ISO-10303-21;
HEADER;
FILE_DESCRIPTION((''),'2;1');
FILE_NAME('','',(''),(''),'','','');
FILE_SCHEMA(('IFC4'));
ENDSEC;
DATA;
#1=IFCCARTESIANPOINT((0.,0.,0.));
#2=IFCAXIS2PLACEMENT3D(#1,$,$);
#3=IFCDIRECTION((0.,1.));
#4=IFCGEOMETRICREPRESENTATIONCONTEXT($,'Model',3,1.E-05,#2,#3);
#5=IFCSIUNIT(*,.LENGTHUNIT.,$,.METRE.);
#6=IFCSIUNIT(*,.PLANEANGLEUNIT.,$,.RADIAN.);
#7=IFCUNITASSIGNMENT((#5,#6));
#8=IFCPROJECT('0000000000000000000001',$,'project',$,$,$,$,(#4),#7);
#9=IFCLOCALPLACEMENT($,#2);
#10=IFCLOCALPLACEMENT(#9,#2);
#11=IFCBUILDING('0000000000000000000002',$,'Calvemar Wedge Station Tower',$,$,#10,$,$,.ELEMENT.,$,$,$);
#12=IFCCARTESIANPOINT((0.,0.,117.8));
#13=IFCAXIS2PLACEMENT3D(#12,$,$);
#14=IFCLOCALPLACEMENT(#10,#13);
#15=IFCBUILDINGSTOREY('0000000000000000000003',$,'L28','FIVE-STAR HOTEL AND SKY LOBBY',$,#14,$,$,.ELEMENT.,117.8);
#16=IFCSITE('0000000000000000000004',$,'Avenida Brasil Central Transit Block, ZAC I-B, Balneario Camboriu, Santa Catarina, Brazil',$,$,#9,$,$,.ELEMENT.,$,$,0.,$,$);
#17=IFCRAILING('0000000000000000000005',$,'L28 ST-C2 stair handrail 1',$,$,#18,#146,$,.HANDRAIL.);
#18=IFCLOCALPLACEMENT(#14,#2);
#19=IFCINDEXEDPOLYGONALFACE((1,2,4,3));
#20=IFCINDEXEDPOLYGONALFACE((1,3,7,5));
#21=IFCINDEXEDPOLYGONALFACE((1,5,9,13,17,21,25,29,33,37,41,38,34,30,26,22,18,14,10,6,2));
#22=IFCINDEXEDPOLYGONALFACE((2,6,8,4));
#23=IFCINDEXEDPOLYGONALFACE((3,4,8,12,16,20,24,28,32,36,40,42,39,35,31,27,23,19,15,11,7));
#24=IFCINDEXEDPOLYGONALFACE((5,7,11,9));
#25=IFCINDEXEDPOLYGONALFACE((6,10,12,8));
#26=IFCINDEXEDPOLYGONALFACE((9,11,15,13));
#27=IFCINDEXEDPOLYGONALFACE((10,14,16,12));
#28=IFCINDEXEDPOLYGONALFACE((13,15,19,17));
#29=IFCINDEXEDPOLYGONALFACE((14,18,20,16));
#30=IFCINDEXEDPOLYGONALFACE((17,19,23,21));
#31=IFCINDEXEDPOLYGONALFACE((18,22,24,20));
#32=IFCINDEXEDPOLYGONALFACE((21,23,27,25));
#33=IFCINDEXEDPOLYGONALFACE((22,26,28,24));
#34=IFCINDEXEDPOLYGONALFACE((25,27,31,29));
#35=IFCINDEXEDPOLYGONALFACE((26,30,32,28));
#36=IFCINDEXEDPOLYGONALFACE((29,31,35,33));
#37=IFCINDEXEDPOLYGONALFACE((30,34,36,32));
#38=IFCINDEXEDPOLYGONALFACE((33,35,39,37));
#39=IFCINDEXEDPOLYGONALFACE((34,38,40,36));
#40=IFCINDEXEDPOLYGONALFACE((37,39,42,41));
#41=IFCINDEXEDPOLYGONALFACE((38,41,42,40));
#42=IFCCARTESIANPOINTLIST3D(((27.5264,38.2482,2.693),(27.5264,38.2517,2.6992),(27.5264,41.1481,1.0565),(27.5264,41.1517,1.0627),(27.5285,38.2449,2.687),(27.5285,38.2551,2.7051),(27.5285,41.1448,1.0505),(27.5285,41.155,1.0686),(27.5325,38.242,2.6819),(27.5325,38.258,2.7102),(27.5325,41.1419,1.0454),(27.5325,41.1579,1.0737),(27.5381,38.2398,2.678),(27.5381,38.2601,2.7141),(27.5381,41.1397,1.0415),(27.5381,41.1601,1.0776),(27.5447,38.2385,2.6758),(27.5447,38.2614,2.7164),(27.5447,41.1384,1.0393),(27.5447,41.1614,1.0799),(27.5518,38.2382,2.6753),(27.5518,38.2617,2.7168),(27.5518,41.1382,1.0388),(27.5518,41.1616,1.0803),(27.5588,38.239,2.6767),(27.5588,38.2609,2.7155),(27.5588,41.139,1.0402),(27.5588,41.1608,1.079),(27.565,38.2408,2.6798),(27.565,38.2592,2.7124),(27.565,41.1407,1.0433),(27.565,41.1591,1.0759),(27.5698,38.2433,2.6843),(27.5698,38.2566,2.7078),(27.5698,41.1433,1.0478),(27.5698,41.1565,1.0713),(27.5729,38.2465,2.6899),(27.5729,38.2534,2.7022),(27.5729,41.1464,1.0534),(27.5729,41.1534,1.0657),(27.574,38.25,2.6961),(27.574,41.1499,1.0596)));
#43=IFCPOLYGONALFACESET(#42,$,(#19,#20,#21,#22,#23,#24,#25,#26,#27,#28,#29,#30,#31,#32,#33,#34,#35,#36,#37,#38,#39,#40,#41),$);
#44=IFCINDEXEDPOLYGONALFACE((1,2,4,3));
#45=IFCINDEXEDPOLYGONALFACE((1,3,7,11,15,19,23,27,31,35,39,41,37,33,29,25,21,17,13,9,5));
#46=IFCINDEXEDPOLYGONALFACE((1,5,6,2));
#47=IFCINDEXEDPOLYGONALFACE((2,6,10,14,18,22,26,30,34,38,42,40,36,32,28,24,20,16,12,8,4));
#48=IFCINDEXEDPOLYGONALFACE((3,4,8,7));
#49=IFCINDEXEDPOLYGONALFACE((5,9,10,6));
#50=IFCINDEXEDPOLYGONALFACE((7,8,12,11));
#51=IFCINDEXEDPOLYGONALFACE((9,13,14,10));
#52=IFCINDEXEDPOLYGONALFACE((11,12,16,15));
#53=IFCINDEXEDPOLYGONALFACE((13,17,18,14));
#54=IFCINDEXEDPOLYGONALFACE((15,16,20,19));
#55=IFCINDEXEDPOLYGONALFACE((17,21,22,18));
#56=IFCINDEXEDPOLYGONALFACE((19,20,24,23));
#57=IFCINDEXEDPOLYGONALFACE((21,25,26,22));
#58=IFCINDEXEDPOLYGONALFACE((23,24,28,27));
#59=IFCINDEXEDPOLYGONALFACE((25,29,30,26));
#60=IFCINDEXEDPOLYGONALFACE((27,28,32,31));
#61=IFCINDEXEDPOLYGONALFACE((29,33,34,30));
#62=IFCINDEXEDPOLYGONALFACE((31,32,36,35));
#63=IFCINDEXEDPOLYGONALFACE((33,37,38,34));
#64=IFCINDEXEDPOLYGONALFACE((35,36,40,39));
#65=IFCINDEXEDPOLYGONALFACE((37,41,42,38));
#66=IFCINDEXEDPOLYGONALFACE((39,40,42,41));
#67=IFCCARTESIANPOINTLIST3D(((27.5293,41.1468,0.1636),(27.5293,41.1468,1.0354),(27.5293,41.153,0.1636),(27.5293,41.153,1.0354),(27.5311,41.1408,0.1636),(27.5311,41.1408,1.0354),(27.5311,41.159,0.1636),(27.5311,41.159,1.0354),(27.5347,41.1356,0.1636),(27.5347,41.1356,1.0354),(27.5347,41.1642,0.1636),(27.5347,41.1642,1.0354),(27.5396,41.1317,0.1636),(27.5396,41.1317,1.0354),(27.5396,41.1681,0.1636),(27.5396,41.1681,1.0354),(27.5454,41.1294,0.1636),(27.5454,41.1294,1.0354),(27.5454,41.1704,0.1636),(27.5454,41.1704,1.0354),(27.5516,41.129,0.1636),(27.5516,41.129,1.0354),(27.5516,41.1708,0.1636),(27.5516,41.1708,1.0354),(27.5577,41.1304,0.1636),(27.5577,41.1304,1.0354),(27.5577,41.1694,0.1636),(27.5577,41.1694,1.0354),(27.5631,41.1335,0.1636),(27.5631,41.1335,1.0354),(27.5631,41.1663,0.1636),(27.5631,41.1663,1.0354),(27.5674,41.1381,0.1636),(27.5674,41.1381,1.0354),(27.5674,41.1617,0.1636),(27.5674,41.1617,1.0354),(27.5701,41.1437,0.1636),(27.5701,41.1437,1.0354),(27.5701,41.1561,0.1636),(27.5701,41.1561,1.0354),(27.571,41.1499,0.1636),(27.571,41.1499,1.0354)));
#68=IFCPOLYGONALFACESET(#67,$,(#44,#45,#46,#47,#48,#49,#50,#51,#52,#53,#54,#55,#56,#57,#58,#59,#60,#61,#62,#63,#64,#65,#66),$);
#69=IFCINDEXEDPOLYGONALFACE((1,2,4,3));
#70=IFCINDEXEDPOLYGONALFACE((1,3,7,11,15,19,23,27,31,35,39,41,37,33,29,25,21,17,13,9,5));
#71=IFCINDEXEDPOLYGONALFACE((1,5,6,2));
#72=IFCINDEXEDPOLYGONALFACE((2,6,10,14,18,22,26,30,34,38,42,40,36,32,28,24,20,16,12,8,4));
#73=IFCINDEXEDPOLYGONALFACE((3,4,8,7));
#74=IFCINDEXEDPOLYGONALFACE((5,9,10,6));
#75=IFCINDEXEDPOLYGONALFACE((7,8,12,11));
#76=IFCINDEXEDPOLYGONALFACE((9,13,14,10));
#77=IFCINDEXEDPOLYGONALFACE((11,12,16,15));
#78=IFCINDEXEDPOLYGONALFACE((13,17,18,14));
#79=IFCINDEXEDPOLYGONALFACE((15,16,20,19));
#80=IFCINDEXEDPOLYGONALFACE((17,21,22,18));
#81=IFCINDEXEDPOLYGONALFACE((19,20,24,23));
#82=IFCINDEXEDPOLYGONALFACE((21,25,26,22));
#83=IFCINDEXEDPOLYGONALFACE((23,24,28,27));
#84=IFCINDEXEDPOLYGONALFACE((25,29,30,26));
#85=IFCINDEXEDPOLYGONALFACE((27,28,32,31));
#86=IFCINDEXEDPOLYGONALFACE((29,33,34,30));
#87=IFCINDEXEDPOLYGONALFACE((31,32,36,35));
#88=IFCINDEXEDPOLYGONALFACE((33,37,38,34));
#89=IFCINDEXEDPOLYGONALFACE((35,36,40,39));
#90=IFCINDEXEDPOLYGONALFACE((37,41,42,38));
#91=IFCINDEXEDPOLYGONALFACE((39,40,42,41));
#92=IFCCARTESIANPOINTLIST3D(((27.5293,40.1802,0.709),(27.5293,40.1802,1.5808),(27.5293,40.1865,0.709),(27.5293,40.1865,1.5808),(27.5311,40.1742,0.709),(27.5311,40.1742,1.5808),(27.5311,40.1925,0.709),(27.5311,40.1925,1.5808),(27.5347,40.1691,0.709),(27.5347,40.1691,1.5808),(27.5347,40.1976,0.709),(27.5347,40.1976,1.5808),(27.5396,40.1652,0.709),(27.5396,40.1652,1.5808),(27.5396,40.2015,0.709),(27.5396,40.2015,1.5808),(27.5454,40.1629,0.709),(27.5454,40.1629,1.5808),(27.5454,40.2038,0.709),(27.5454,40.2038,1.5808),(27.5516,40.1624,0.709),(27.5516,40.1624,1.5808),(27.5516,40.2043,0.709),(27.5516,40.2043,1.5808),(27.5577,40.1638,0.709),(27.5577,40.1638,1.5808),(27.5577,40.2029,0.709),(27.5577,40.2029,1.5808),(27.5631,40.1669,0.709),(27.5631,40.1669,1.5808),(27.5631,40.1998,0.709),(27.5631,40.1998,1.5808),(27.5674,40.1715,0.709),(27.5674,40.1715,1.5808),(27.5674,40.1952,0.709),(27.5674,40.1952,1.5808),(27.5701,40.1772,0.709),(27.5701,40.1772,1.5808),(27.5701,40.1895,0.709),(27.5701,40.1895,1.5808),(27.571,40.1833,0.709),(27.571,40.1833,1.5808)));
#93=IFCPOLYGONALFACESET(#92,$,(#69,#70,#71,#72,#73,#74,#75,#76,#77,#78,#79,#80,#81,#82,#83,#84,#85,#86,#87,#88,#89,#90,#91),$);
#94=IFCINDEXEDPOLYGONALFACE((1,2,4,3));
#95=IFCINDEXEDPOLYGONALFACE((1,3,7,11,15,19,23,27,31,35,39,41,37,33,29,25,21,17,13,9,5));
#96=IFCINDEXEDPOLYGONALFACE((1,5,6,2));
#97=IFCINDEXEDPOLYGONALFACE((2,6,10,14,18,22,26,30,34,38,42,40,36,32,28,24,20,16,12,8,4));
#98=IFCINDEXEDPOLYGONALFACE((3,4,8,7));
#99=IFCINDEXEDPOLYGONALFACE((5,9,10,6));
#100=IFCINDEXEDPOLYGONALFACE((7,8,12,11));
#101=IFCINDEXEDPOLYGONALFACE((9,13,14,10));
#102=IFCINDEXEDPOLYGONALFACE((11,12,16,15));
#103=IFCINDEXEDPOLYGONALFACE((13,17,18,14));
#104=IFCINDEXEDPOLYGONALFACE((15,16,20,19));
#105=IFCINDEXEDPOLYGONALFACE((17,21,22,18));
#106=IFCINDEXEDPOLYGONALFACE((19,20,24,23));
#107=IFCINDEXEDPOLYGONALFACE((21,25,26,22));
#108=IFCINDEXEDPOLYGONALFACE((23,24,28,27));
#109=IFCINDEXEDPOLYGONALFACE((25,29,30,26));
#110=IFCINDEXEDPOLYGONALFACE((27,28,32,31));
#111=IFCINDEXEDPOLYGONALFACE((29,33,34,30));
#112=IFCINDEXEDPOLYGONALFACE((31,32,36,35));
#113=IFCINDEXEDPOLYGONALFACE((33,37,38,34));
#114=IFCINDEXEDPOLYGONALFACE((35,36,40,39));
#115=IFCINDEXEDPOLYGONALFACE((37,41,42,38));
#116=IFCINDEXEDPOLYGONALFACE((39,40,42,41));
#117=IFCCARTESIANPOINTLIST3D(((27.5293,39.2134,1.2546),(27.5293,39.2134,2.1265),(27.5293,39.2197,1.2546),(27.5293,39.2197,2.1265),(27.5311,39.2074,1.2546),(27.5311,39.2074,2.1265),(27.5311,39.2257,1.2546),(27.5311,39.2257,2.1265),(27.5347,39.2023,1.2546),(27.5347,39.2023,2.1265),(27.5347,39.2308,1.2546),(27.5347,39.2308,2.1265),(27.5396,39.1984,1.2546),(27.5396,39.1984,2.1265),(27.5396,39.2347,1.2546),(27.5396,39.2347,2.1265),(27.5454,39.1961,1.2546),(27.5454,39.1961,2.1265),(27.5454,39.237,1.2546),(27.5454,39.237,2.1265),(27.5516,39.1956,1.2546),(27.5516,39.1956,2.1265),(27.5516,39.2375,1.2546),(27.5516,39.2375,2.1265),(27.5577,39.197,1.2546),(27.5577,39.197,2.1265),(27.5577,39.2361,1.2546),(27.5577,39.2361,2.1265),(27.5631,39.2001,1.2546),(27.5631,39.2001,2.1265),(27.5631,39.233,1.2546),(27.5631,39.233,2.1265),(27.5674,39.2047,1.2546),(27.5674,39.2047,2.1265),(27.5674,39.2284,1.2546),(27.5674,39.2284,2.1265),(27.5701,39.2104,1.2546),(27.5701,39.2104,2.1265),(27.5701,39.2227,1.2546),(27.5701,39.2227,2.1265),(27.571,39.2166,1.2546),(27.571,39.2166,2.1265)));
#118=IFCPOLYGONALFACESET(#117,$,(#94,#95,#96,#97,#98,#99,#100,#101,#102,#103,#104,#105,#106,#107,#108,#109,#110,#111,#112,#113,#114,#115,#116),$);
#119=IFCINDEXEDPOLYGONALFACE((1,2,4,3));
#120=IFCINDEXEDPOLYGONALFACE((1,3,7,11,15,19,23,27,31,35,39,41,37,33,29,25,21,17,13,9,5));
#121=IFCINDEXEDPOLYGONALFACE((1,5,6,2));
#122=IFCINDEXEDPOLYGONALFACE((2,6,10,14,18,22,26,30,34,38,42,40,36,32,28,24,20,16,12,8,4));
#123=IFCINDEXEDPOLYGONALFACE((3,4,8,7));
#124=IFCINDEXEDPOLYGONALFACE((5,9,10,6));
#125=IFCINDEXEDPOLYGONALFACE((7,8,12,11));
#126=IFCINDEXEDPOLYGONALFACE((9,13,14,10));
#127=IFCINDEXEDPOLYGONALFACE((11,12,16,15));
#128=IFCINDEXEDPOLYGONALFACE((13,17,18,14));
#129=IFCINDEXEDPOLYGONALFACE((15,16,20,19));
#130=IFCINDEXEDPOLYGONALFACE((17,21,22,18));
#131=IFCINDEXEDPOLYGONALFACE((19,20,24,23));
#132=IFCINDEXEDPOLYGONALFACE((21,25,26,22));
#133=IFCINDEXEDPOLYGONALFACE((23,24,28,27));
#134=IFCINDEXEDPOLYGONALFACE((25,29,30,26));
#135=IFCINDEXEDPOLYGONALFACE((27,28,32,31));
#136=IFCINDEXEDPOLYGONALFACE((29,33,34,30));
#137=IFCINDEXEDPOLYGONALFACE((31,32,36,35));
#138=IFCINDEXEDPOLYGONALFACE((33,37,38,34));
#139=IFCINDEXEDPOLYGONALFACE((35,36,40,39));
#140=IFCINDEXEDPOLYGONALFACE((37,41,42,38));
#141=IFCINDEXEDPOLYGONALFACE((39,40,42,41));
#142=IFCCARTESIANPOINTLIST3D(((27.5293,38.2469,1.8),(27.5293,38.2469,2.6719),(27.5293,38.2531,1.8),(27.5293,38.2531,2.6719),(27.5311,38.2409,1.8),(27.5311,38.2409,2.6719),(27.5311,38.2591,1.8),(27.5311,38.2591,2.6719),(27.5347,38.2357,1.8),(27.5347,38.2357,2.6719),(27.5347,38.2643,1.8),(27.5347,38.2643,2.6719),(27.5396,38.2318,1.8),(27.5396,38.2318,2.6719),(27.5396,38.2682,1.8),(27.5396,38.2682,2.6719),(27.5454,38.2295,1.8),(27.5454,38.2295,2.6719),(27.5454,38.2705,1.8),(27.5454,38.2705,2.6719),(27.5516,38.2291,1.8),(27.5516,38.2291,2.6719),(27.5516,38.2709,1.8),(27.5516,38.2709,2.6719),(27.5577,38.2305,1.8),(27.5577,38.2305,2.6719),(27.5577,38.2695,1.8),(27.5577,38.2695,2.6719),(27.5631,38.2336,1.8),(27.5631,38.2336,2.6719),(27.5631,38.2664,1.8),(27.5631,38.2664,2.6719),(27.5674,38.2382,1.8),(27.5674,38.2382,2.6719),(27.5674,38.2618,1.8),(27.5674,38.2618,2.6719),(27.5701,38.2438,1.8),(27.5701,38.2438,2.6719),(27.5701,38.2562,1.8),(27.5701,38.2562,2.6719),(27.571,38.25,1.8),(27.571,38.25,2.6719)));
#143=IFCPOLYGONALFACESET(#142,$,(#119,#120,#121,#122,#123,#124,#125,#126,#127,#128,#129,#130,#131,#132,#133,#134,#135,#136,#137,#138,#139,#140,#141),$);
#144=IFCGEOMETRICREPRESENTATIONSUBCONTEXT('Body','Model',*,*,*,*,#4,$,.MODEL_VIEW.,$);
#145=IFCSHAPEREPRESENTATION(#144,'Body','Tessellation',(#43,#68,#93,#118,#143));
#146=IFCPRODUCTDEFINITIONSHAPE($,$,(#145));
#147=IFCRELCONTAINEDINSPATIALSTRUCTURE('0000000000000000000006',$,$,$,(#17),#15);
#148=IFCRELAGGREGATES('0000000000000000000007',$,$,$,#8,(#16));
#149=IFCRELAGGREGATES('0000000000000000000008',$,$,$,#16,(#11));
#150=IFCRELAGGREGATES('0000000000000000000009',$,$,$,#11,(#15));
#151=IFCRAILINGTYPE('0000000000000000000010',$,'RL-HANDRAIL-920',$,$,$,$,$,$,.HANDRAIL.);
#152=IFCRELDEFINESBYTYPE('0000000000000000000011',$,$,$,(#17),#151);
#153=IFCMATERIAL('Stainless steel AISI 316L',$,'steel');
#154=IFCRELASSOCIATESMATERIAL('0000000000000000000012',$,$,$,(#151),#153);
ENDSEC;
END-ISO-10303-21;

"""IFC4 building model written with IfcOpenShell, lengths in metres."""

from ifc_helpers import new_model, si_unit, direction, frame, origin, origin_2d, place, context, subcontext, project, spatial, circle, extrude, material, type_object, element, save


model = new_model("IFC4")

# Units and contexts
model_context = context("Model", 3, precision=1e-05, world=origin(), true_north=direction((0.0, 1.0)))
body_context = subcontext(model_context, "Body", "Model", "MODEL_VIEW")
ifc_project = project(units=[si_unit("LENGTHUNIT", "METRE"), si_unit("PLANEANGLEUNIT", "RADIAN")], contexts=[model_context])

# Site, building, storey
site_placement = place(None, origin())
site = spatial("IfcSite", under=ifc_project, at=site_placement, Name="Avenida Brasil Central Transit Block, ZAC I-B, Balneario Camboriu, Santa Catarina, Brazil", CompositionType="ELEMENT", RefElevation=0.0)
building_placement = place(site_placement, origin())
building = spatial("IfcBuilding", under=site, at=building_placement, Name="Calvemar Wedge Station Tower", CompositionType="ELEMENT")
storey_placement = place(building_placement, frame((0.0, 0.0, 117.8)))
storey = spatial("IfcBuildingStorey", under=building, at=storey_placement, Name="L28", Description="FIVE-STAR HOTEL AND SKY LOBBY", CompositionType="ELEMENT", Elevation=117.8)

# Railing
ifc_material_1 = material(Name="Stainless steel AISI 316L", Category="steel")
railing_type_1 = type_object("IfcRailingType", Name="RL-HANDRAIL-920", PredefinedType="HANDRAIL", material=ifc_material_1)
railing_1_placement = place(storey_placement, frame((27.55, 41.1499, 0.1636)))
element("IfcRailing", 1, at=railing_1_placement, inside=storey, type_object=railing_type_1, Name="L28 ST-C2 stair handrail 1", PredefinedType="HANDRAIL", context=body_context, shape_type="SweptSolid", body=[
    extrude(circle(Radius=0.0239, at=origin_2d()), frame((0.0, 0.0, 0.896), z_axis=(0.0, -0.870897, 0.491465), x_axis=(1.0, 0.0, 0.0)), (0.0, 0.0, 1.0), 3.3298),
    extrude(circle(Radius=0.021, at=origin_2d()), origin(), (0.0, 0.0, 1.0), 0.8718),
    extrude(circle(Radius=0.021, at=origin_2d()), frame((0.0, -0.9666, 0.5454)), (0.0, 0.0, 1.0), 0.8718),
    extrude(circle(Radius=0.021, at=origin_2d()), frame((0.0, -1.9333, 1.0911)), (0.0, 0.0, 1.0), 0.8718),
    extrude(circle(Radius=0.021, at=origin_2d()), frame((0.0, -2.8999, 1.6365)), (0.0, 0.0, 1.0), 0.8718),
])

save(model, "model.ifc")
